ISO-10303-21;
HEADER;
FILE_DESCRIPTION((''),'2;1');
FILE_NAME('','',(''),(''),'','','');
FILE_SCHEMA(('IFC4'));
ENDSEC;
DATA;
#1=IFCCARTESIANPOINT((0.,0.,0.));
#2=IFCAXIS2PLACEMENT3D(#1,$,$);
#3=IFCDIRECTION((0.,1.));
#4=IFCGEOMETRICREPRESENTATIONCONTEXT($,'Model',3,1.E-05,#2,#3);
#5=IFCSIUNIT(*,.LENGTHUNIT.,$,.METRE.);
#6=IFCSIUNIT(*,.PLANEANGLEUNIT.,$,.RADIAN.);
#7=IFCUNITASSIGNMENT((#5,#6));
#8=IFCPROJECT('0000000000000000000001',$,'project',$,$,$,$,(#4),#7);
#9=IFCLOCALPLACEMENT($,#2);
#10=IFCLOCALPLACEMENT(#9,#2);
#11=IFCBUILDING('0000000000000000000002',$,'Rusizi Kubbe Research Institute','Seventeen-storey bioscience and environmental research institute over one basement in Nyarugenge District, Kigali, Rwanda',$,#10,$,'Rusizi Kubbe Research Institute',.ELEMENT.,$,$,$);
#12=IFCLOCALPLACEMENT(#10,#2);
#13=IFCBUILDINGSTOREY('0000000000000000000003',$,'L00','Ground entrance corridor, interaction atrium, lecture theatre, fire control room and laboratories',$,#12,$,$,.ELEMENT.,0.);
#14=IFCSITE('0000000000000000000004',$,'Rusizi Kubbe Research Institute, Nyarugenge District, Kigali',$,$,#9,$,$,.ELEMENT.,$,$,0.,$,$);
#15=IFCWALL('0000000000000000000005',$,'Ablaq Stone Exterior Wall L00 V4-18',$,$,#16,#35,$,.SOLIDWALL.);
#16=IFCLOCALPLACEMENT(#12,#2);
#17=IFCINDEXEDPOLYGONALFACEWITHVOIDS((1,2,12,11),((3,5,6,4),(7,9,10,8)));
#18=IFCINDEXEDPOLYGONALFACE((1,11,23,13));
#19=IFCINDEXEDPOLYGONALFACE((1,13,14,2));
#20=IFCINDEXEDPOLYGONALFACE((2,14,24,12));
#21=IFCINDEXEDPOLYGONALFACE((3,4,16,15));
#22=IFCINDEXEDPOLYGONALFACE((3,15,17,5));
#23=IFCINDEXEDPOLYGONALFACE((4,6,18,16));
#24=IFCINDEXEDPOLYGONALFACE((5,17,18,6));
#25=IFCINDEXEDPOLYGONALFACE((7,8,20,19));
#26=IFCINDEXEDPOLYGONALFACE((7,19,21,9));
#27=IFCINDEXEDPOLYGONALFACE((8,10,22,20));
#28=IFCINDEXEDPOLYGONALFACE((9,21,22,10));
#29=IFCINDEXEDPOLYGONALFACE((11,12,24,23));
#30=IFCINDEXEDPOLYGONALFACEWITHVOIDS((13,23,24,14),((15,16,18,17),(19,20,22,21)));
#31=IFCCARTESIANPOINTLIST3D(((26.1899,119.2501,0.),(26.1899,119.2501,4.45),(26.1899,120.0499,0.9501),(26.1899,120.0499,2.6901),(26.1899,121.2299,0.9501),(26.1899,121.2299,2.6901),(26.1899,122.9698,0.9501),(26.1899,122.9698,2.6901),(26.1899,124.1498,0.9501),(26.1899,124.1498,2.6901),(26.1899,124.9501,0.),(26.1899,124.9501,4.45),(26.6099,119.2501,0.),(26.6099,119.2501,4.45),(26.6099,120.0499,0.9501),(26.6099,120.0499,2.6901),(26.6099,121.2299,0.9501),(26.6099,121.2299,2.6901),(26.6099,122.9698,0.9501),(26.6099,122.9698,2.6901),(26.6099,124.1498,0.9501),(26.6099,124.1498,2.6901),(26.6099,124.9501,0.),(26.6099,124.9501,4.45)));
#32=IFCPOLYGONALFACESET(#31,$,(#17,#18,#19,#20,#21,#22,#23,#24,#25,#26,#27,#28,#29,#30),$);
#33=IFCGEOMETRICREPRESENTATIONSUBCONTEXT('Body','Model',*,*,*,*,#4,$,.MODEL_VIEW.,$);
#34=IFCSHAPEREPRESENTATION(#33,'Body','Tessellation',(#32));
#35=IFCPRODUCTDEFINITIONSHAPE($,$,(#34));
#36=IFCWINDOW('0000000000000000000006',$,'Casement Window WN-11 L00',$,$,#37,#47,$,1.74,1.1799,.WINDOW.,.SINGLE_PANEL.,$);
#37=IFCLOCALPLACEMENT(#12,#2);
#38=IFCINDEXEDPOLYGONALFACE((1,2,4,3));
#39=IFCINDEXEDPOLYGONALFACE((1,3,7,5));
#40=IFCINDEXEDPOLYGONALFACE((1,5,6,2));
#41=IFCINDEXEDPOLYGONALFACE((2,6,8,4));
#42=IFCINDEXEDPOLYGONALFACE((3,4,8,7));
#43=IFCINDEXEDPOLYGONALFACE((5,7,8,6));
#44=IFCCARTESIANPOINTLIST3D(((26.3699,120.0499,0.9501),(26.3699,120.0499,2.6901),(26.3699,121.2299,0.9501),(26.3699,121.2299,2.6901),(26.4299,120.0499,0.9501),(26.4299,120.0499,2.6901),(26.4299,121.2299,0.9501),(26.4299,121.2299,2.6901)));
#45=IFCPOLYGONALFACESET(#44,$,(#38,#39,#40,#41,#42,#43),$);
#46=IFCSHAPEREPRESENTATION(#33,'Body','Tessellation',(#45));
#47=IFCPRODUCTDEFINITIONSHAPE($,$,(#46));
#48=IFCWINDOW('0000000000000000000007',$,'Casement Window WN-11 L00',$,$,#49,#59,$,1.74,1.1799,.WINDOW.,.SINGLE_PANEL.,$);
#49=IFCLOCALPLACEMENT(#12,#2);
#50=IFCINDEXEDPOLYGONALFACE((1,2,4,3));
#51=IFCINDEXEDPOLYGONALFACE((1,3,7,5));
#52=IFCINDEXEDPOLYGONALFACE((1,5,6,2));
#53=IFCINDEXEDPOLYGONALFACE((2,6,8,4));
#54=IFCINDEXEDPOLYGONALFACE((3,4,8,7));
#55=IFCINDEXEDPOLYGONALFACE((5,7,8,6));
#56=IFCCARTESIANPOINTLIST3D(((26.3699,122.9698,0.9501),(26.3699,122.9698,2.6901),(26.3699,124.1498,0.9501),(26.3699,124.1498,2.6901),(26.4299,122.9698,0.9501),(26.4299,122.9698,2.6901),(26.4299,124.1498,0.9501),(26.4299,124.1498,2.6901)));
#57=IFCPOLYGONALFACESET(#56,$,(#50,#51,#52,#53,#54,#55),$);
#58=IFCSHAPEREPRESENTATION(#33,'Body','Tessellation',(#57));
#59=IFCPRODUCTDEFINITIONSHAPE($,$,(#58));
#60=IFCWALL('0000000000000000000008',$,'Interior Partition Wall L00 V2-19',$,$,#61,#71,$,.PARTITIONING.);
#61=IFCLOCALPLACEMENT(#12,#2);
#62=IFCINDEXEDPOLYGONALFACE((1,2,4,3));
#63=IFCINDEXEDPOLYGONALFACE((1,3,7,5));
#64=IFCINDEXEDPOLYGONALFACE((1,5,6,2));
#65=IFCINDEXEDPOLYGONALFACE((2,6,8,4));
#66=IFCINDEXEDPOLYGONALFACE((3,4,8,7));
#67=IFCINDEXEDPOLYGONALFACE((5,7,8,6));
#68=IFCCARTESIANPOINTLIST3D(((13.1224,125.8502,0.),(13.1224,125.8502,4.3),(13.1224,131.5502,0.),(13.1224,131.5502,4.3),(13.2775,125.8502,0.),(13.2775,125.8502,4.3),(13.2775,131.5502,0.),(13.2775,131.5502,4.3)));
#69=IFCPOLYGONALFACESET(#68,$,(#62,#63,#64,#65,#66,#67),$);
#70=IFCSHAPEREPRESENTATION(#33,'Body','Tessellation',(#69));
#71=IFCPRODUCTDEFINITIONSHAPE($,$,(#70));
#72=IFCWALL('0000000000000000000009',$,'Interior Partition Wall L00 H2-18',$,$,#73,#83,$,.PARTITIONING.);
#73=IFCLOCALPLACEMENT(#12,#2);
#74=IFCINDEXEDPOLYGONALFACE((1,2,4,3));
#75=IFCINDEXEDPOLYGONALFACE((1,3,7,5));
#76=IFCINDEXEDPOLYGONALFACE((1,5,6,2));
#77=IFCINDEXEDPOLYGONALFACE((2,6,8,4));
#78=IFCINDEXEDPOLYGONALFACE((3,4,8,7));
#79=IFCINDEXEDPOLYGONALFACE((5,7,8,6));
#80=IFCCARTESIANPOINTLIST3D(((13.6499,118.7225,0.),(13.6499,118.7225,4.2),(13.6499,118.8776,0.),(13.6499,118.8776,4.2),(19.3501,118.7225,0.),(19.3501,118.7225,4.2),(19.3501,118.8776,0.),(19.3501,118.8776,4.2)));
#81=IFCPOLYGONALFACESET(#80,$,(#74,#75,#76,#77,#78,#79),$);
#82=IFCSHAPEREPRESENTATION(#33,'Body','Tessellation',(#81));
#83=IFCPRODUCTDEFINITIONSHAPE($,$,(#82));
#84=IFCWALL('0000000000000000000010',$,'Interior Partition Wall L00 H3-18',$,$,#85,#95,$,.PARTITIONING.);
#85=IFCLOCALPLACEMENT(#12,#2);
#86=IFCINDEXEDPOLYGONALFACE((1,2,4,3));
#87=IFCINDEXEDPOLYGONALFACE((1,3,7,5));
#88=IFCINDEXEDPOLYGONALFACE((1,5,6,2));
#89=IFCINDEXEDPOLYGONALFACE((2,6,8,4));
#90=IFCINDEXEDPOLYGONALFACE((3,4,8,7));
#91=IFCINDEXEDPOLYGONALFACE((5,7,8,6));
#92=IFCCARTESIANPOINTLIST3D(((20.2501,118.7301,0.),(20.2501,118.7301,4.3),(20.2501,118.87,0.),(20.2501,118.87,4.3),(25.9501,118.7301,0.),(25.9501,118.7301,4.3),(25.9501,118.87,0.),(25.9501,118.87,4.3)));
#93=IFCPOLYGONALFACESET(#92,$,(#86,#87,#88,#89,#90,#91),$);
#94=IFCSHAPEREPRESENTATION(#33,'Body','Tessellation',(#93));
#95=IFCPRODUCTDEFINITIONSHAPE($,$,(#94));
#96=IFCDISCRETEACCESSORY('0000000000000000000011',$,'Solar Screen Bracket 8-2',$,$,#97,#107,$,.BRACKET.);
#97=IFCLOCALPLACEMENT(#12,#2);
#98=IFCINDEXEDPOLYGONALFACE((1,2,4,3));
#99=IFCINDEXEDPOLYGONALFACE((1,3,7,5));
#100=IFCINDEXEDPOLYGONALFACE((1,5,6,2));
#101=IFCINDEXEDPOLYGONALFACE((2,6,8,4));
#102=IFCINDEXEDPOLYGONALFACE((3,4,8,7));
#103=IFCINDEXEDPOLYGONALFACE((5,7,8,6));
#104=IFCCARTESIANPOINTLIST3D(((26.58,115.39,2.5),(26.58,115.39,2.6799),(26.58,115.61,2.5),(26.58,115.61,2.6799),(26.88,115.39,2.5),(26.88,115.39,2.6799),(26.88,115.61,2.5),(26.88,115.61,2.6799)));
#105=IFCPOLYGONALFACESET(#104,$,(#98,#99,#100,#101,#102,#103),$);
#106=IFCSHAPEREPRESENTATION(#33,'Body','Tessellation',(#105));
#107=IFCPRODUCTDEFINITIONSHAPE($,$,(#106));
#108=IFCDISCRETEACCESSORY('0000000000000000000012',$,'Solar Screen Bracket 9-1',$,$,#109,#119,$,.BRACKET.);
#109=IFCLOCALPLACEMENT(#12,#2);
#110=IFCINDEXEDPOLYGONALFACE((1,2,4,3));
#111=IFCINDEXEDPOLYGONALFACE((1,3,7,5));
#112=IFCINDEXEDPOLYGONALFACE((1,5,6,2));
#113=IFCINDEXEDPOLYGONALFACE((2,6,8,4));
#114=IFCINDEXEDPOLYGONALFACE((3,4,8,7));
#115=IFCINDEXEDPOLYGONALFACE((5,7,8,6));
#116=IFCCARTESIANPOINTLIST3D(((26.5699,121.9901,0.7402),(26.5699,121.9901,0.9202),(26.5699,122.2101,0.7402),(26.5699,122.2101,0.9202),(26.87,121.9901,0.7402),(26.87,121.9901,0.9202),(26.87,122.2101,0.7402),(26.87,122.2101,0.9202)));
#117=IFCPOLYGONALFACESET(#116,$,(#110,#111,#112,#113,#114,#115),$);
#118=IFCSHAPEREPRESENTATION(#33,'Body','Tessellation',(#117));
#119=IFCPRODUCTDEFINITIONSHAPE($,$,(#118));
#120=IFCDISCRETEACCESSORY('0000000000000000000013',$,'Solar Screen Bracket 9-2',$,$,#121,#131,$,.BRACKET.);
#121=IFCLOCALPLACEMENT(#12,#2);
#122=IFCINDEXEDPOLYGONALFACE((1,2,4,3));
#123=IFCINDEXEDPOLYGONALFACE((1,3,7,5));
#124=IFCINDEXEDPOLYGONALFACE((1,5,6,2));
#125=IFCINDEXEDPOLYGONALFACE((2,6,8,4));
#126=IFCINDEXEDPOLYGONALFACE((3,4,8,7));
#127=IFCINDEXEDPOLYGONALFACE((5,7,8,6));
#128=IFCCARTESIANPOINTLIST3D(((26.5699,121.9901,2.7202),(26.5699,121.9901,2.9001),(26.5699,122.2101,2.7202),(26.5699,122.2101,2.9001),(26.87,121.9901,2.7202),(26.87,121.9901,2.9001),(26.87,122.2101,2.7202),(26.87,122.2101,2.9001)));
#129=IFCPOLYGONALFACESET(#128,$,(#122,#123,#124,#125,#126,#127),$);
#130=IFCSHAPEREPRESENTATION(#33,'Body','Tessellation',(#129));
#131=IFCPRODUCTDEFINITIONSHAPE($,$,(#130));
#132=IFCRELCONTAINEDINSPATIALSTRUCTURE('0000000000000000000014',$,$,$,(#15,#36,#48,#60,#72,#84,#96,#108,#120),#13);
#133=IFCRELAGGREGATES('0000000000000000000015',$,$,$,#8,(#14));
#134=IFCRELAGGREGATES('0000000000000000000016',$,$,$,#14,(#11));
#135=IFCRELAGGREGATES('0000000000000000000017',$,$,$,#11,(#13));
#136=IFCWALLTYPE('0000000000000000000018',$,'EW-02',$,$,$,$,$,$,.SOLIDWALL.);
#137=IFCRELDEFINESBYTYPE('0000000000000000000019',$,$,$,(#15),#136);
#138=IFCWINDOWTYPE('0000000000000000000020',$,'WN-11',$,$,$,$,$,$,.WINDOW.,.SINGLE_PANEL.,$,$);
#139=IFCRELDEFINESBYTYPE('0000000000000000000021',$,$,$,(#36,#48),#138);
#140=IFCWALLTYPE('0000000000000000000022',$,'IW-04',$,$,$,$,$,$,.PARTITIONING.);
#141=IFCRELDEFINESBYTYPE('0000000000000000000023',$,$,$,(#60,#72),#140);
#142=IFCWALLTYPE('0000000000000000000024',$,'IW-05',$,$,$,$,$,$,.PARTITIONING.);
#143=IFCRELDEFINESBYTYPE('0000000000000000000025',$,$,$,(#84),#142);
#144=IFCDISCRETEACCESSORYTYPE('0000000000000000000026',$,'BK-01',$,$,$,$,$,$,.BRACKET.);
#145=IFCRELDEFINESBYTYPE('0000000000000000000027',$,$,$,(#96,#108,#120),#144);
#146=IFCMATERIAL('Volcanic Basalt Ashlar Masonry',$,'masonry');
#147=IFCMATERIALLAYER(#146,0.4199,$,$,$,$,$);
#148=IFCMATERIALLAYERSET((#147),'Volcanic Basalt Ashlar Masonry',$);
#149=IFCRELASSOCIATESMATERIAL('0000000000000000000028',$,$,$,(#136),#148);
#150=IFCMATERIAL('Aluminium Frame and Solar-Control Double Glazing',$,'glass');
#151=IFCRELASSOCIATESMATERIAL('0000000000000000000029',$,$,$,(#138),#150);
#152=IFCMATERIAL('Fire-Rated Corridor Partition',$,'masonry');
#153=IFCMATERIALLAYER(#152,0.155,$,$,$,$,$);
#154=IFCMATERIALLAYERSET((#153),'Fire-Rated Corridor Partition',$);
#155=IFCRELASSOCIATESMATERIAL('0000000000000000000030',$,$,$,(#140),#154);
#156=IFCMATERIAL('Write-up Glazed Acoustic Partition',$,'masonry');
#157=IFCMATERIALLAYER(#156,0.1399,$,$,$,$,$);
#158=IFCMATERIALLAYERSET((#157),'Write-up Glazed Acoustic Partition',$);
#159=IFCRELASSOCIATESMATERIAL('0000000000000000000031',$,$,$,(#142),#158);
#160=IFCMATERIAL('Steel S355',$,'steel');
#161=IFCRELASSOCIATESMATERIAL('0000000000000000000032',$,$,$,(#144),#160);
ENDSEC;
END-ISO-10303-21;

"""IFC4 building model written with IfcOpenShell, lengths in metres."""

from ifc_helpers import new_model, si_unit, direction, frame, frame_2d, origin, origin_2d, place, context, subcontext, project, spatial, rectangle, extrude, material, layer, layer_set, type_object, element, fill, save


model = new_model("IFC4")

# Units and contexts
model_context = context("Model", 3, precision=1e-05, world=origin(), true_north=direction((0.0, 1.0)))
body_context = subcontext(model_context, "Body", "Model", "MODEL_VIEW")
ifc_project = project(units=[si_unit("LENGTHUNIT", "METRE"), si_unit("PLANEANGLEUNIT", "RADIAN")], contexts=[model_context])

# Site, building, storey
site_placement = place(None, origin())
site = spatial("IfcSite", under=ifc_project, at=site_placement, Name="Rusizi Kubbe Research Institute, Nyarugenge District, Kigali", CompositionType="ELEMENT", RefElevation=0.0)
building_placement = place(site_placement, origin())
building = spatial("IfcBuilding", under=site, at=building_placement, Name="Rusizi Kubbe Research Institute", Description="Seventeen-storey bioscience and environmental research institute over one basement in Nyarugenge District, Kigali, Rwanda", LongName="Rusizi Kubbe Research Institute", CompositionType="ELEMENT")
storey_placement = place(building_placement, origin())
storey = spatial("IfcBuildingStorey", under=building, at=storey_placement, Name="L00", Description="Ground entrance corridor, interaction atrium, lecture theatre, fire control room and laboratories", CompositionType="ELEMENT", Elevation=0.0)

# Wall, openings, windows
ifc_material_1 = material(Name="Volcanic Basalt Ashlar Masonry", Category="masonry")
ifc_layer_1 = layer(ifc_material_1, 0.4199)
ifc_layer_set_1 = layer_set([ifc_layer_1], Name="Volcanic Basalt Ashlar Masonry")
wall_type_1 = type_object("IfcWallType", Name="EW-02", PredefinedType="SOLIDWALL", material=ifc_layer_set_1)
wall_1_placement = place(storey_placement, frame((26.3999, 119.25, 0.0), z_axis=(0.0, 0.0, 1.0), x_axis=(0.0, 1.0, 0.0)))
wall_1 = element("IfcWall", 1, at=wall_1_placement, inside=storey, type_object=wall_type_1, Name="Ablaq Stone Exterior Wall L00 V4-18", PredefinedType="SOLIDWALL", context=body_context, shape_type="SweptSolid", body=[
    extrude(rectangle(XDim=5.7, YDim=0.4199, at=frame_2d((2.8501, 0.0))), origin(), (0.0, 0.0, 1.0), 4.45),
])
opening_1_placement = place(wall_1_placement, frame((0.8, 0.0, 0.95)))
opening_1 = element("IfcOpeningElement", 2, at=opening_1_placement, cuts=wall_1, PredefinedType="OPENING", context=body_context, shape_type="SweptSolid", body=[
    extrude(rectangle(XDim=1.1799, YDim=1.74, at=frame_2d((0.5898, 0.8701))), frame((0.0, 0.22, 0.0), z_axis=(0.0, -1.0, 0.0), x_axis=(1.0, 0.0, 0.0)), (0.0, 0.0, 1.0), 0.4399),
])
opening_2_placement = place(wall_1_placement, frame((3.72, 0.0, 0.95)))
opening_2 = element("IfcOpeningElement", 3, at=opening_2_placement, cuts=wall_1, PredefinedType="OPENING", context=body_context, shape_type="SweptSolid", body=[
    extrude(rectangle(XDim=1.1799, YDim=1.74, at=frame_2d((0.5898, 0.8701))), frame((0.0, 0.22, 0.0), z_axis=(0.0, -1.0, 0.0), x_axis=(1.0, 0.0, 0.0)), (0.0, 0.0, 1.0), 0.4399),
])
ifc_material_2 = material(Name="Aluminium Frame and Solar-Control Double Glazing", Category="glass")
window_type = type_object("IfcWindowType", Name="WN-11", PartitioningType="SINGLE_PANEL", PredefinedType="WINDOW", material=ifc_material_2)
window_1_placement = place(opening_1_placement, origin())
window_1 = element("IfcWindow", 4, at=window_1_placement, inside=storey, type_object=window_type, Name="Casement Window WN-11 L00", OverallHeight=1.74, OverallWidth=1.1799, PartitioningType="SINGLE_PANEL", PredefinedType="WINDOW", context=body_context, shape_type="SweptSolid", body=[
    extrude(rectangle(XDim=1.1799, YDim=1.74, at=frame_2d((0.5898, 0.8701))), frame((0.0, 0.03, 0.0), z_axis=(0.0, -1.0, 0.0), x_axis=(1.0, 0.0, 0.0)), (0.0, 0.0, 1.0), 0.0601),
])
fill(opening_1, window_1)
window_2_placement = place(opening_2_placement, origin())
window_2 = element("IfcWindow", 5, at=window_2_placement, inside=storey, type_object=window_type, Name="Casement Window WN-11 L00", OverallHeight=1.74, OverallWidth=1.1799, PartitioningType="SINGLE_PANEL", PredefinedType="WINDOW", context=body_context, shape_type="SweptSolid", body=[
    extrude(rectangle(XDim=1.1799, YDim=1.74, at=frame_2d((0.5898, 0.8701))), frame((0.0, 0.03, 0.0), z_axis=(0.0, -1.0, 0.0), x_axis=(1.0, 0.0, 0.0)), (0.0, 0.0, 1.0), 0.0601),
])
fill(opening_2, window_2)

# Walls
ifc_material_3 = material(Name="Fire-Rated Corridor Partition", Category="masonry")
ifc_layer_2 = layer(ifc_material_3, 0.155)
ifc_layer_set_2 = layer_set([ifc_layer_2], Name="Fire-Rated Corridor Partition")
wall_type_2 = type_object("IfcWallType", Name="IW-04", PredefinedType="PARTITIONING", material=ifc_layer_set_2)
wall_2_placement = place(storey_placement, frame((13.2, 125.8501, 0.0), z_axis=(0.0, 0.0, 1.0), x_axis=(0.0, 1.0, 0.0)))
element("IfcWall", 6, at=wall_2_placement, inside=storey, type_object=wall_type_2, Name="Interior Partition Wall L00 V2-19", PredefinedType="PARTITIONING", context=body_context, shape_type="SweptSolid", body=[
    extrude(rectangle(XDim=5.7, YDim=0.155, at=frame_2d((2.8501, 0.0))), origin(), (0.0, 0.0, 1.0), 4.3),
])
wall_3_placement = place(storey_placement, frame((13.6499, 118.8, 0.0), z_axis=(0.0, 0.0, 1.0), x_axis=(1.0, 0.0, 0.0)))
element("IfcWall", 7, at=wall_3_placement, inside=storey, type_object=wall_type_2, Name="Interior Partition Wall L00 H2-18", PredefinedType="PARTITIONING", context=body_context, shape_type="SweptSolid", body=[
    extrude(rectangle(XDim=5.7002, YDim=0.155, at=frame_2d((2.8501, 0.0))), origin(), (0.0, 0.0, 1.0), 4.2),
])
ifc_material_4 = material(Name="Write-up Glazed Acoustic Partition", Category="masonry")
ifc_layer_3 = layer(ifc_material_4, 0.1399)
ifc_layer_set_3 = layer_set([ifc_layer_3], Name="Write-up Glazed Acoustic Partition")
wall_type_3 = type_object("IfcWallType", Name="IW-05", PredefinedType="PARTITIONING", material=ifc_layer_set_3)
wall_4_placement = place(storey_placement, frame((20.25, 118.8, 0.0), z_axis=(0.0, 0.0, 1.0), x_axis=(1.0, 0.0, 0.0)))
element("IfcWall", 8, at=wall_4_placement, inside=storey, type_object=wall_type_3, Name="Interior Partition Wall L00 H3-18", PredefinedType="PARTITIONING", context=body_context, shape_type="SweptSolid", body=[
    extrude(rectangle(XDim=5.7, YDim=0.1399, at=frame_2d((2.8501, 0.0))), origin(), (0.0, 0.0, 1.0), 4.3),
])

# Discrete accessories
ifc_material_5 = material(Name="Steel S355", Category="steel")
discrete_accessory_type = type_object("IfcDiscreteAccessoryType", Name="BK-01", PredefinedType="BRACKET", material=ifc_material_5)
for number, where, z_axis, x_axis, name in (
    (9, (26.73, 115.5, 2.5), (0.0, 0.0, 1.0), (1.0, 0.0, 0.0), "Solar Screen Bracket 8-2"),
    (10, (26.72, 122.1001, 0.7402), (0.0, 0.0, 1.0), (1.0, 0.0, 0.0), "Solar Screen Bracket 9-1"),
    (11, (26.72, 122.1001, 2.7202), (0.0, 0.0, 1.0), (1.0, 0.0, 0.0), "Solar Screen Bracket 9-2"),
):
    element("IfcDiscreteAccessory", number, at=place(storey_placement, frame(where, z_axis=z_axis, x_axis=x_axis)), inside=storey, type_object=discrete_accessory_type, Name=name, PredefinedType="BRACKET", context=body_context, shape_type="SweptSolid", body=[
        extrude(rectangle(XDim=0.3, YDim=0.22, at=origin_2d()), origin(), (0.0, 0.0, 1.0), 0.1799),
    ])

save(model, "model.ifc")
